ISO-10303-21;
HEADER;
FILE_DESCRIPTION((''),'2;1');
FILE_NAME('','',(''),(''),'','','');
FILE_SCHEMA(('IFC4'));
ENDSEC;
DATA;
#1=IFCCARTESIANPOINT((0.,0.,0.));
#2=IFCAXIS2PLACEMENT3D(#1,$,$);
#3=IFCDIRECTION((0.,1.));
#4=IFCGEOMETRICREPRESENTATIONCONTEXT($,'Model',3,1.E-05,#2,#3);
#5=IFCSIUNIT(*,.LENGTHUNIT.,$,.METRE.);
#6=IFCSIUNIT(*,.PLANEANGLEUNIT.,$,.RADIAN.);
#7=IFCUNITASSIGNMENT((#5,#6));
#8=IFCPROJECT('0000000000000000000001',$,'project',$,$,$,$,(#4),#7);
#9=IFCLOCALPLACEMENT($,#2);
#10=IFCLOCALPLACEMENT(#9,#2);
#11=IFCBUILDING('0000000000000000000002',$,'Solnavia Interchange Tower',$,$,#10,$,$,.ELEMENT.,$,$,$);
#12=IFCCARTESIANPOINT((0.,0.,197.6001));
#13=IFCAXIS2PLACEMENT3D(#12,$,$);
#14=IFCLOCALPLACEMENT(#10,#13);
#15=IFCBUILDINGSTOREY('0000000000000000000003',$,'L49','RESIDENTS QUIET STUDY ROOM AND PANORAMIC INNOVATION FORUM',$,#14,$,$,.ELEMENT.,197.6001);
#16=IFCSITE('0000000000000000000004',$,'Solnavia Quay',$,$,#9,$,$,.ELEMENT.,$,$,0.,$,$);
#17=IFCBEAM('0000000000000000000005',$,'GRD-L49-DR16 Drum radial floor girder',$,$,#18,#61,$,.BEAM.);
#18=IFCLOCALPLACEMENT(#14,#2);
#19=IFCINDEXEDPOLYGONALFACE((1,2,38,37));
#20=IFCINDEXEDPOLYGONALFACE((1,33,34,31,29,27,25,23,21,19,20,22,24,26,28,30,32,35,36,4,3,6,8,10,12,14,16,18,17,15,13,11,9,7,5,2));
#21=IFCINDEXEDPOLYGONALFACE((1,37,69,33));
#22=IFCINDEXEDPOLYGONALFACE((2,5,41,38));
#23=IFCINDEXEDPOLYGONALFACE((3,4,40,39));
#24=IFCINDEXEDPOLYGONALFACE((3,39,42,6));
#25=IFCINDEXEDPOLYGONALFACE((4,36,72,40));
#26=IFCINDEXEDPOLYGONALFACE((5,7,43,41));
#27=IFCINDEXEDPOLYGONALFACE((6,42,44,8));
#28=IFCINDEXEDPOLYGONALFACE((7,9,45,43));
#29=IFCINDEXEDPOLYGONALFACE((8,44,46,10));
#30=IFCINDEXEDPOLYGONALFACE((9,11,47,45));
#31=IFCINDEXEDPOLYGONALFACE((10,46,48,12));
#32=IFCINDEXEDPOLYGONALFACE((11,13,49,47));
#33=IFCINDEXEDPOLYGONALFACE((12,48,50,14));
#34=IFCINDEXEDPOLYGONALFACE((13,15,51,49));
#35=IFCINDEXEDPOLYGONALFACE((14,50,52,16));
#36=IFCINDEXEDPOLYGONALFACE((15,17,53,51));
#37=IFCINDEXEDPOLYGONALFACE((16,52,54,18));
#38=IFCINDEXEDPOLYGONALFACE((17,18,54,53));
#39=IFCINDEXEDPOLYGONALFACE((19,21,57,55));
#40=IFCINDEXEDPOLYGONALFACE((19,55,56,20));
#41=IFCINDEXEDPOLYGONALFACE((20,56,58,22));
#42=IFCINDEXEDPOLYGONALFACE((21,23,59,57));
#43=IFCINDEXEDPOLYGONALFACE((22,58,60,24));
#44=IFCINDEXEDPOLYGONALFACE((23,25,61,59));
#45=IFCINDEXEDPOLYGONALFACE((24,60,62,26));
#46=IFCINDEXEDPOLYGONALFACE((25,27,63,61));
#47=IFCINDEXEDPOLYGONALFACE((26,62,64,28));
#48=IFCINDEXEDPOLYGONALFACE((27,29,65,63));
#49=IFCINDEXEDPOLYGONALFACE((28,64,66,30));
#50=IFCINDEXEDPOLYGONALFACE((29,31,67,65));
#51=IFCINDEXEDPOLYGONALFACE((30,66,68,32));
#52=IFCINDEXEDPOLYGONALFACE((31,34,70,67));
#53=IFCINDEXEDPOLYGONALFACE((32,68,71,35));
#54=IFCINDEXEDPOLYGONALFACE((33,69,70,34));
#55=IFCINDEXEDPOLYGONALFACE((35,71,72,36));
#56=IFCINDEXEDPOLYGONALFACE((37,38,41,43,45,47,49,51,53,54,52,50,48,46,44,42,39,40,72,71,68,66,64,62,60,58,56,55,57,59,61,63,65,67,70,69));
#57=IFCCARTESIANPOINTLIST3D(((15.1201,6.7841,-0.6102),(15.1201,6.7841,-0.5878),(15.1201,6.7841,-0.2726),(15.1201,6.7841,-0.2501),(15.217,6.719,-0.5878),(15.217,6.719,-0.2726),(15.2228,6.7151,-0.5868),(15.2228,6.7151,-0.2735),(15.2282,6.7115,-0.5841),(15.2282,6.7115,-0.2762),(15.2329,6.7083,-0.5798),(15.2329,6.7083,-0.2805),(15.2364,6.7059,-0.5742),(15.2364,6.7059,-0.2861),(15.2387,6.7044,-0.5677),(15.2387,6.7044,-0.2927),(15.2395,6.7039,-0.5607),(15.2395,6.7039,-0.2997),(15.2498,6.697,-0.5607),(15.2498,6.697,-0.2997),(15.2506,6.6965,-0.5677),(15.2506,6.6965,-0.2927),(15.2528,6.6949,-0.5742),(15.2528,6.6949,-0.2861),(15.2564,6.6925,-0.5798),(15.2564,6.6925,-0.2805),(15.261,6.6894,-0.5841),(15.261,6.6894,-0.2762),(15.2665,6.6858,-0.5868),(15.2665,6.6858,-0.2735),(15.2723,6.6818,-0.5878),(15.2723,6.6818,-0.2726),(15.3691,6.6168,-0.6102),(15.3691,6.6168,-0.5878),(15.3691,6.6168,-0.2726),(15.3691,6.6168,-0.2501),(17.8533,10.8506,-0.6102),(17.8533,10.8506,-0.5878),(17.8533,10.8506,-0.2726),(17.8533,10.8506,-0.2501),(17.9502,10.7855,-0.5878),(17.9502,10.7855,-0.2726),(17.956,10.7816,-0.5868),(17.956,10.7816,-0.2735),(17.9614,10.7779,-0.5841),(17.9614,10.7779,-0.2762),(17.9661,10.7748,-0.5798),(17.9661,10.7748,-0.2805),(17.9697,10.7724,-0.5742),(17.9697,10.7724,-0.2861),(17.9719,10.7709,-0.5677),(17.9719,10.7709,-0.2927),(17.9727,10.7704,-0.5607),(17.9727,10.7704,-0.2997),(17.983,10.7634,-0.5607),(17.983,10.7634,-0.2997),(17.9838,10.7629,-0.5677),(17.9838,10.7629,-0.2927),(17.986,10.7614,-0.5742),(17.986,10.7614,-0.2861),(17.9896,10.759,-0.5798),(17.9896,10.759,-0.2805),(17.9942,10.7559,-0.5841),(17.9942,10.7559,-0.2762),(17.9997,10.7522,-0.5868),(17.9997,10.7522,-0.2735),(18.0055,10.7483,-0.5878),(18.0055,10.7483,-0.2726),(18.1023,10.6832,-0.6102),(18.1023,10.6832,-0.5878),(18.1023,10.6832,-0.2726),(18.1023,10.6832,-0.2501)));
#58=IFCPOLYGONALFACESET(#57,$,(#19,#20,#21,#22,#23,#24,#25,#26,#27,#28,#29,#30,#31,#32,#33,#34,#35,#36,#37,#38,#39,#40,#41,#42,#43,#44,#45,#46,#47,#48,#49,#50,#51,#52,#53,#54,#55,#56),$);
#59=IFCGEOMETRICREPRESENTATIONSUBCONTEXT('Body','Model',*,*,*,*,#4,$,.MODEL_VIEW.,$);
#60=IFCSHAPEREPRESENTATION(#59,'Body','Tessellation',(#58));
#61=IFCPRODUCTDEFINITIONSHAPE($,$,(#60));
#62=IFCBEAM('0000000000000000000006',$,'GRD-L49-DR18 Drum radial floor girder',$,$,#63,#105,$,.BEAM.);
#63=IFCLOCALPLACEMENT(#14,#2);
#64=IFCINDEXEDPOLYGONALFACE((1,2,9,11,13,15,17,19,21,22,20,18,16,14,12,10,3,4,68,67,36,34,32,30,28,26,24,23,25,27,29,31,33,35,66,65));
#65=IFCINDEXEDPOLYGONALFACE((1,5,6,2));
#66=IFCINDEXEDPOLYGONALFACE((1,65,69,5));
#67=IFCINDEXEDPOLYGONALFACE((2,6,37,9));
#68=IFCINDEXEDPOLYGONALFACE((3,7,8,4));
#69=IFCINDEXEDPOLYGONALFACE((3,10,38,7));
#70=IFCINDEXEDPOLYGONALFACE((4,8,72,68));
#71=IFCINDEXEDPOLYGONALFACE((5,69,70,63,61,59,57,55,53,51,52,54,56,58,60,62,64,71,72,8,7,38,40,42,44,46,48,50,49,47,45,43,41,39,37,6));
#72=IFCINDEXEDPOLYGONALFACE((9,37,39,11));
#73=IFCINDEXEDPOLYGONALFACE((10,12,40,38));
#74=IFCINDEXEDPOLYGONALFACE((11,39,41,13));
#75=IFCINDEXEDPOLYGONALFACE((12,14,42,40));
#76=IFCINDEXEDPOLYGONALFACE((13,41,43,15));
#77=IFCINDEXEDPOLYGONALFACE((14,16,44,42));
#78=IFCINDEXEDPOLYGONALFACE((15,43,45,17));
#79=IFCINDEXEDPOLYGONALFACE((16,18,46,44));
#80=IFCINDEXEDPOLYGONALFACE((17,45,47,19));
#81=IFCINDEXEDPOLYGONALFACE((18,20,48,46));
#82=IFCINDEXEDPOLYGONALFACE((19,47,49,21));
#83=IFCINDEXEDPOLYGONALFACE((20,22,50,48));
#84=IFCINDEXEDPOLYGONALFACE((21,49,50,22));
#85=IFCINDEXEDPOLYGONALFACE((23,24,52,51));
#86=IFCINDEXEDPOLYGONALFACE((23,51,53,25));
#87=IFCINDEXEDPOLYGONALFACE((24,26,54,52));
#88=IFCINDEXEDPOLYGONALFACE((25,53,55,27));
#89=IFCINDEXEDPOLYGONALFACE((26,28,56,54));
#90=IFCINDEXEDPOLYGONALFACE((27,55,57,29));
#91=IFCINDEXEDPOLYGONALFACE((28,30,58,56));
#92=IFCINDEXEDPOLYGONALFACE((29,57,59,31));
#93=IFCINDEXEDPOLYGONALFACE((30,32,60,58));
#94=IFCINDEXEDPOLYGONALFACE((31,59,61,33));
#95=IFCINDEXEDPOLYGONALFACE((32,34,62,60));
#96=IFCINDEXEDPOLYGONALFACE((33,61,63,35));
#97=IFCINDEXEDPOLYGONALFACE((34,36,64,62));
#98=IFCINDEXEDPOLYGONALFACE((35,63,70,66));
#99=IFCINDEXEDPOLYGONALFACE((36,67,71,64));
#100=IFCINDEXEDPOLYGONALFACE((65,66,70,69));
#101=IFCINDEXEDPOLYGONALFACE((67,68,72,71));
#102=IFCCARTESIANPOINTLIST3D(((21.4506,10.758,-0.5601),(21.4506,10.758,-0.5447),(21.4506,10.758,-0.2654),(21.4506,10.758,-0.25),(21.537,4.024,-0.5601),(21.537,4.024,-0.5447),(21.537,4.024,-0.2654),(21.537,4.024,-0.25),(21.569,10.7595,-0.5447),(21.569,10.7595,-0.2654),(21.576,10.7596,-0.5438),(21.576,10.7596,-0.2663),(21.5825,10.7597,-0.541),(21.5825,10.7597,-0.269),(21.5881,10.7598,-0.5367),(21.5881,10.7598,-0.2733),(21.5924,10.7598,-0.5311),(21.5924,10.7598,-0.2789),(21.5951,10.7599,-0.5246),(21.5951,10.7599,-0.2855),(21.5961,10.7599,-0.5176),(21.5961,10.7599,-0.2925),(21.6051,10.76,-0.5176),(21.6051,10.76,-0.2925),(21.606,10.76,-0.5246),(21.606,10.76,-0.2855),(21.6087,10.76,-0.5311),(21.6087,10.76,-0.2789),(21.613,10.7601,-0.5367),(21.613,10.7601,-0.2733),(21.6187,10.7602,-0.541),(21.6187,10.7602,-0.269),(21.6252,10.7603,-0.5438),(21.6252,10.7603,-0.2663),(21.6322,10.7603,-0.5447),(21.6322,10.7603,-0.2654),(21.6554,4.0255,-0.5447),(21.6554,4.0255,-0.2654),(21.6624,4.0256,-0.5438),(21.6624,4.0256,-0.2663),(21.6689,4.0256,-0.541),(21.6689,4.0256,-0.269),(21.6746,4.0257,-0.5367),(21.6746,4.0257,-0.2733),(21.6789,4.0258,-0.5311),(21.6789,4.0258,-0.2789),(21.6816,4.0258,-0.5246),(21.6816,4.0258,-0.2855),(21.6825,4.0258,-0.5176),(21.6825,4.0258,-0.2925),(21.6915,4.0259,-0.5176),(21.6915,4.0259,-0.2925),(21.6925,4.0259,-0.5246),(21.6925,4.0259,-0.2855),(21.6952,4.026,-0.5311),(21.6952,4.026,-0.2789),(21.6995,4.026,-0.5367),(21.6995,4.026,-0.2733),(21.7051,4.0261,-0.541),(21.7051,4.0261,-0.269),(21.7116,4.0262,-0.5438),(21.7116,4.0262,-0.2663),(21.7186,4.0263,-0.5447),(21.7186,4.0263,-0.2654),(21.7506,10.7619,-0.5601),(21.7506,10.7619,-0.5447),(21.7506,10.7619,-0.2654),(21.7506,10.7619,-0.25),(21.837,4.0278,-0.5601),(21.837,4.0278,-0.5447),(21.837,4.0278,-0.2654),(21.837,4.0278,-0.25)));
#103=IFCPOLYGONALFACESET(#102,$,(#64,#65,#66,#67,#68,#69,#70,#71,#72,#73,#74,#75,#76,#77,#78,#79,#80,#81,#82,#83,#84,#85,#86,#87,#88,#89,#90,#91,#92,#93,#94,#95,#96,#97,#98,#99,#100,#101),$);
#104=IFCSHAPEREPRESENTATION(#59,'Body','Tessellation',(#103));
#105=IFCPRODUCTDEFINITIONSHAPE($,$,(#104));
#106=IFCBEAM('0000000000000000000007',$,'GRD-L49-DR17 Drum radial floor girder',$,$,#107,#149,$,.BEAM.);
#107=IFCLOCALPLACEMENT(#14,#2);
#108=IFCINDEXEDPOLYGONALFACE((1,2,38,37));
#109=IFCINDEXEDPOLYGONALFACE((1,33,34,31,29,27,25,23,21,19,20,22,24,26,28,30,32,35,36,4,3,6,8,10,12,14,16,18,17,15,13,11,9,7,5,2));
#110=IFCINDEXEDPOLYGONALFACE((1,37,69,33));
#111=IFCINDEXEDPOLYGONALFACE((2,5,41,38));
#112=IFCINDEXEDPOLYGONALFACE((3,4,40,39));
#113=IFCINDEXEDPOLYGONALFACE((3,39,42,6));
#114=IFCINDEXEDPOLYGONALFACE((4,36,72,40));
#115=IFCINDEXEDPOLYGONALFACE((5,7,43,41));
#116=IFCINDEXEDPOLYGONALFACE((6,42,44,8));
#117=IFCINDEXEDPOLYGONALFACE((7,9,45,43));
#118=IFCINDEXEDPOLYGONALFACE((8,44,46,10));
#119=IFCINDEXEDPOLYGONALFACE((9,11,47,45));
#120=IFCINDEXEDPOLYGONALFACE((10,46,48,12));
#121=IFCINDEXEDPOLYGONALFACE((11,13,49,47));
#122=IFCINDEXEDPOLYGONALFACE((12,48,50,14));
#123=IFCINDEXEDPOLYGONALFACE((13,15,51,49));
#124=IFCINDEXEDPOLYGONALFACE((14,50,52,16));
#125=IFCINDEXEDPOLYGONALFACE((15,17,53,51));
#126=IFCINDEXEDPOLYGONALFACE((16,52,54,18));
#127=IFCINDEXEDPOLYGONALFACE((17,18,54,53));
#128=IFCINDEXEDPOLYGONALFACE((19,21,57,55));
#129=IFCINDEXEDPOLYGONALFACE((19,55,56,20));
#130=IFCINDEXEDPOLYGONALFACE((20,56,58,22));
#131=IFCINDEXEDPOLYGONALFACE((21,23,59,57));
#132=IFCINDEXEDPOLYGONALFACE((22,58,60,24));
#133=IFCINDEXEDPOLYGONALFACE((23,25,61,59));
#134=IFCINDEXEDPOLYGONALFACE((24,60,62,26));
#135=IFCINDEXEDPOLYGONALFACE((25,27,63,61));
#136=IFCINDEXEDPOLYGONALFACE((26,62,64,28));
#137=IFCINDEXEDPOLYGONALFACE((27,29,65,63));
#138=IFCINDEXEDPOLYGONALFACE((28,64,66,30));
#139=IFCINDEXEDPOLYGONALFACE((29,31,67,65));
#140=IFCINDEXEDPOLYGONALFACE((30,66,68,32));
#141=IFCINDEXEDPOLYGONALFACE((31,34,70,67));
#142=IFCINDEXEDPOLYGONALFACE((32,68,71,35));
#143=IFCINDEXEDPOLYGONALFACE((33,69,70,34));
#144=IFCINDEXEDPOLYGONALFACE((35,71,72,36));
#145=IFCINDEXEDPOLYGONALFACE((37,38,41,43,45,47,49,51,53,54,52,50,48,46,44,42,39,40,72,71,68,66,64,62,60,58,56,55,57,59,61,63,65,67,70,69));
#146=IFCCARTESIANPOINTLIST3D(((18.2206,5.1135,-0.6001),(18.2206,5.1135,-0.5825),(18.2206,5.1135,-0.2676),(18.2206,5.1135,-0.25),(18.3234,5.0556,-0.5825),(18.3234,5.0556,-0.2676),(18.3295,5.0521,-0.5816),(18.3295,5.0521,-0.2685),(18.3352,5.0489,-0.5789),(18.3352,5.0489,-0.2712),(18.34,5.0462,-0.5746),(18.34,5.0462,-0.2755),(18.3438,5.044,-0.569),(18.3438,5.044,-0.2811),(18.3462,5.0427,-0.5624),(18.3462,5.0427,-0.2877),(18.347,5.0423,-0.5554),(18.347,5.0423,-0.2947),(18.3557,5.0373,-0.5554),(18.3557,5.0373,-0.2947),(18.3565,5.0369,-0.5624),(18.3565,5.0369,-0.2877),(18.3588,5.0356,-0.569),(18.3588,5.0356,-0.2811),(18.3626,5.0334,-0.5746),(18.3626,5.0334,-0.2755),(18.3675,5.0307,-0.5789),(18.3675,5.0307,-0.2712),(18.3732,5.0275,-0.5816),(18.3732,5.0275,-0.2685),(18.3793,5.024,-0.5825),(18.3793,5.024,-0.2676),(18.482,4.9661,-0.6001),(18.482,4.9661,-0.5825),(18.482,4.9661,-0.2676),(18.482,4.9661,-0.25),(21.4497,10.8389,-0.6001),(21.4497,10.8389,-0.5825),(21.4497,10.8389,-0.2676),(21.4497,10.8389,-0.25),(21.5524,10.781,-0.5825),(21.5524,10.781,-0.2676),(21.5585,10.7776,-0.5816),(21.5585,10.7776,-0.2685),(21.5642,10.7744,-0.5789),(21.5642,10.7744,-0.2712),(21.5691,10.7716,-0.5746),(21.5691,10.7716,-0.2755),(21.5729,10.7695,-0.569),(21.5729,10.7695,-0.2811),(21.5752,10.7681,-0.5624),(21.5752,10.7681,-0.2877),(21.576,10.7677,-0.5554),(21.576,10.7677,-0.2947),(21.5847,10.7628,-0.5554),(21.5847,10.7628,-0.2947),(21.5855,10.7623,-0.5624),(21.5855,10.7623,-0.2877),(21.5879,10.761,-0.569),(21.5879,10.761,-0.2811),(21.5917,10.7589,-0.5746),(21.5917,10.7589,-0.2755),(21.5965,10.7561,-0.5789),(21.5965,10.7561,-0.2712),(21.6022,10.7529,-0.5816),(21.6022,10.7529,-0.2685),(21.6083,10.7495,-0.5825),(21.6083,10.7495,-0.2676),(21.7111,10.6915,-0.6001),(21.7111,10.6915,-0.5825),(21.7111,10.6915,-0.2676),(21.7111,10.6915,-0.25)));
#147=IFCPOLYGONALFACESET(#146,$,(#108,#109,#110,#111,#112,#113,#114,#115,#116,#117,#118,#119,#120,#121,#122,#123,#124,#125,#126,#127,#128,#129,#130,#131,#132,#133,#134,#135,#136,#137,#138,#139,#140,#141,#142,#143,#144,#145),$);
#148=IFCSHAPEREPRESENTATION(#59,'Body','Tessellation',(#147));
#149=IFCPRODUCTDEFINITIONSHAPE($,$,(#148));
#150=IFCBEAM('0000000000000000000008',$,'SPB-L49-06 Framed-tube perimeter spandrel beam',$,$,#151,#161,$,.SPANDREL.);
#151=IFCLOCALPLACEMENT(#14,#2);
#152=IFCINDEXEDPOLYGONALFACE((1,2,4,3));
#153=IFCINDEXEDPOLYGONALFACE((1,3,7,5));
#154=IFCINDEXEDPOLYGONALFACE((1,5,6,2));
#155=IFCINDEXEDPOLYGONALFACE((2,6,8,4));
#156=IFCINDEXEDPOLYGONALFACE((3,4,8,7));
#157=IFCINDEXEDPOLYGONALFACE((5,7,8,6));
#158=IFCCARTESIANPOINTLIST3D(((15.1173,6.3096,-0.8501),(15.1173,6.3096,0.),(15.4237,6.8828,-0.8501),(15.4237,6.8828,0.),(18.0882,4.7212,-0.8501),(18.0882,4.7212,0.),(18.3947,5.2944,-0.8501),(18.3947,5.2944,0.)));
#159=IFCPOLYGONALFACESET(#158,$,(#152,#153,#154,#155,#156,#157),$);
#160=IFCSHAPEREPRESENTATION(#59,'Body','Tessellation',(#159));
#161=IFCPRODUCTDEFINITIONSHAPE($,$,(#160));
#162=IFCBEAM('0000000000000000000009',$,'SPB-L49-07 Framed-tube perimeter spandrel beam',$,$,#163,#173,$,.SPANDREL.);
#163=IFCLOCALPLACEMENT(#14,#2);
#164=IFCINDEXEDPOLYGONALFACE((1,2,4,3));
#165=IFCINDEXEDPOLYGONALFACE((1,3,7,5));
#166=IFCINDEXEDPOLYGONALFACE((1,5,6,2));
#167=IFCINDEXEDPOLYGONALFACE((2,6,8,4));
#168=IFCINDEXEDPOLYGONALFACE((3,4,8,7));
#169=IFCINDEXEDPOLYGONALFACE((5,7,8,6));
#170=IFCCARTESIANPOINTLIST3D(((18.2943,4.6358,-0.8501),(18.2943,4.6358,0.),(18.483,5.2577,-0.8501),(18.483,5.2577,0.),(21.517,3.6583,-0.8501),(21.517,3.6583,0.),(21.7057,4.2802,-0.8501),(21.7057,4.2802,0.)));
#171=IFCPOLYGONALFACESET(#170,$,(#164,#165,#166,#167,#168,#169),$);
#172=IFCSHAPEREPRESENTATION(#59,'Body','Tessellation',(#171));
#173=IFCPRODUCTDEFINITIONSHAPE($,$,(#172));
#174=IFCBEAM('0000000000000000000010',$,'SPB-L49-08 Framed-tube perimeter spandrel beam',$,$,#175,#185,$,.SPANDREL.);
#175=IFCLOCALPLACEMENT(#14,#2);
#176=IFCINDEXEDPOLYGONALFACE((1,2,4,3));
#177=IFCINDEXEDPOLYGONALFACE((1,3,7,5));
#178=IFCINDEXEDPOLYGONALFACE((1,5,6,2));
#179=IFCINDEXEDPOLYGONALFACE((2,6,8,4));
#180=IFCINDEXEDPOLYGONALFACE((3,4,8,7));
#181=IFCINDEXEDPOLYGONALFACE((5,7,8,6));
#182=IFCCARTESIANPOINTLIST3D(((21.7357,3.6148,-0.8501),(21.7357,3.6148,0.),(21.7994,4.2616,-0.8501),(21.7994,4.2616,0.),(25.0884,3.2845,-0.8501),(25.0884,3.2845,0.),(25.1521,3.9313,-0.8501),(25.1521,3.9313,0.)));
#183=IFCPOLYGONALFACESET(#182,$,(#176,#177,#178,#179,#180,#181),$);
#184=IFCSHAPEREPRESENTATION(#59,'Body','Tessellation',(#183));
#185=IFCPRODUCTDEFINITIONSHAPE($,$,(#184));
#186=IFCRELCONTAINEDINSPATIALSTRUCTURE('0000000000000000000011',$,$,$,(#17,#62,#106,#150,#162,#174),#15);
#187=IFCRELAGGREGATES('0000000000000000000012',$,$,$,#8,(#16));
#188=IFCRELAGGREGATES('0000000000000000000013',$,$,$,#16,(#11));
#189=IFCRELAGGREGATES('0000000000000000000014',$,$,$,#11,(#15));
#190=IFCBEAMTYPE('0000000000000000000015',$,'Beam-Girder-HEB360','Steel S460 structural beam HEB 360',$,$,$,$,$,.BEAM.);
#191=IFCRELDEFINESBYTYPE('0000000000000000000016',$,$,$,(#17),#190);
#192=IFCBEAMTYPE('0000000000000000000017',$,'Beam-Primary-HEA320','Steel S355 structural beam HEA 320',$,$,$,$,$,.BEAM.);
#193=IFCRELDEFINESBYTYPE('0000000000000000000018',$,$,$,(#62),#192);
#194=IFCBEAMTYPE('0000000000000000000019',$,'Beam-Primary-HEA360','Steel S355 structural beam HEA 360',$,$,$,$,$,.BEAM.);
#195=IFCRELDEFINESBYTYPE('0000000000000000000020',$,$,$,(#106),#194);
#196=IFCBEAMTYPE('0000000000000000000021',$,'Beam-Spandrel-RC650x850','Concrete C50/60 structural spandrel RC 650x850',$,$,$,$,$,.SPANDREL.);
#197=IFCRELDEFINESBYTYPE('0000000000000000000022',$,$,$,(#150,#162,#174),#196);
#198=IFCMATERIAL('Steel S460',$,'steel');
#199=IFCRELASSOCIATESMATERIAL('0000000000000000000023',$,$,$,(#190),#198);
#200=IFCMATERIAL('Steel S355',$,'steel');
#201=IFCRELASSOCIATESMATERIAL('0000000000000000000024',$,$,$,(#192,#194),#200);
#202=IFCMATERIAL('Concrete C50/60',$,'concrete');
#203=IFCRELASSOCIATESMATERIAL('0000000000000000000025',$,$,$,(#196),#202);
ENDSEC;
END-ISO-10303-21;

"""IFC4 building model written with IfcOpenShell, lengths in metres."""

from ifc_helpers import new_model, si_unit, direction, frame, origin, origin_2d, place, context, subcontext, project, spatial, rectangle, i_section, extrude, material, material_profile, profile_set, type_object, element, save


model = new_model("IFC4")

# Units and contexts
model_context = context("Model", 3, precision=1e-05, world=origin(), true_north=direction((0.0, 1.0)))
body_context = subcontext(model_context, "Body", "Model", "MODEL_VIEW")
ifc_project = project(units=[si_unit("LENGTHUNIT", "METRE"), si_unit("PLANEANGLEUNIT", "RADIAN")], contexts=[model_context])

# Site, building, storey
site_placement = place(None, origin())
site = spatial("IfcSite", under=ifc_project, at=site_placement, Name="Solnavia Quay", CompositionType="ELEMENT", RefElevation=0.0)
building_placement = place(site_placement, origin())
building = spatial("IfcBuilding", under=site, at=building_placement, Name="Solnavia Interchange Tower", CompositionType="ELEMENT")
storey_placement = place(building_placement, frame((0.0, 0.0, 197.6001)))
storey = spatial("IfcBuildingStorey", under=building, at=storey_placement, Name="L49", Description="RESIDENTS QUIET STUDY ROOM AND PANORAMIC INNOVATION FORUM", CompositionType="ELEMENT", Elevation=197.6001)

# Shared definitions
ifc_material_1 = material(Name="Concrete C50/60", Category="concrete")
ifc_material_2 = material(Name="Steel S355", Category="steel")

# Beams
ifc_material_3 = material(Name="Steel S460", Category="steel")
ifc_material_profile_1 = material_profile(ifc_material_3, i_section(OverallWidth=0.3, OverallDepth=0.3601, WebThickness=0.0125, FlangeThickness=0.0225, FilletRadius=0.0271, at=origin_2d()), Name="HEB 360")
ifc_profile_set_1 = profile_set([ifc_material_profile_1], Name="Steel S460")
beam_type_1 = type_object("IfcBeamType", Name="Beam-Girder-HEB360", Description="Steel S460 structural beam HEB 360", PredefinedType="BEAM", material=ifc_profile_set_1)
beam_1_placement = place(storey_placement, frame((15.2446, 6.7004, -0.4302), z_axis=(0.557835, 0.829952, 0.0), x_axis=(-0.829952, 0.557835, 0.0)))
element("IfcBeam", 1, at=beam_1_placement, inside=storey, type_object=beam_type_1, Name="GRD-L49-DR16 Drum radial floor girder", PredefinedType="BEAM", context=body_context, shape_type="SweptSolid", body=[
    extrude(i_section(OverallWidth=0.3, OverallDepth=0.3601, WebThickness=0.0125, FlangeThickness=0.0225, FilletRadius=0.0271, at=origin_2d()), origin(), (0.0, 0.0, 1.0), 4.8997),
])
ifc_material_profile_2 = material_profile(ifc_material_2, i_section(OverallWidth=0.3, OverallDepth=0.3101, WebThickness=0.009, FlangeThickness=0.0154, FilletRadius=0.0271, at=origin_2d()), Name="HEA 320")
ifc_profile_set_2 = profile_set([ifc_material_profile_2], Name="Steel S355")
beam_type_2 = type_object("IfcBeamType", Name="Beam-Primary-HEA320", Description="Steel S355 structural beam HEA 320", PredefinedType="BEAM", material=ifc_profile_set_2)
beam_2_placement = place(storey_placement, frame((21.687, 4.0259, -0.405), z_axis=(-0.012833, 0.999918, 0.0), x_axis=(-0.999918, -0.012833, 0.0)))
element("IfcBeam", 2, at=beam_2_placement, inside=storey, type_object=beam_type_2, Name="GRD-L49-DR18 Drum radial floor girder", PredefinedType="BEAM", context=body_context, shape_type="SweptSolid", body=[
    extrude(i_section(OverallWidth=0.3, OverallDepth=0.3101, WebThickness=0.009, FlangeThickness=0.0154, FilletRadius=0.0271, at=origin_2d()), origin(), (0.0, 0.0, 1.0), 6.7346),
])
ifc_material_profile_3 = material_profile(ifc_material_2, i_section(OverallWidth=0.3, OverallDepth=0.3501, WebThickness=0.01, FlangeThickness=0.0176, FilletRadius=0.0271, at=origin_2d()), Name="HEA 360")
ifc_profile_set_3 = profile_set([ifc_material_profile_3], Name="Steel S355")
beam_type_3 = type_object("IfcBeamType", Name="Beam-Primary-HEA360", Description="Steel S355 structural beam HEA 360", PredefinedType="BEAM", material=ifc_profile_set_3)
beam_3_placement = place(storey_placement, frame((18.3513, 5.0398, -0.425), z_axis=(0.491243, 0.871022, 0.0), x_axis=(-0.871022, 0.491243, 0.0)))
element("IfcBeam", 3, at=beam_3_placement, inside=storey, type_object=beam_type_3, Name="GRD-L49-DR17 Drum radial floor girder", PredefinedType="BEAM", context=body_context, shape_type="SweptSolid", body=[
    extrude(i_section(OverallWidth=0.3, OverallDepth=0.3501, WebThickness=0.01, FlangeThickness=0.0176, FilletRadius=0.0271, at=origin_2d()), origin(), (0.0, 0.0, 1.0), 6.5732),
])
ifc_material_profile_4 = material_profile(ifc_material_1, rectangle(XDim=0.6499, YDim=0.8501, at=origin_2d()), Name="RC 650x850")
ifc_profile_set_4 = profile_set([ifc_material_profile_4], Name="Concrete C50/60")
beam_type_4 = type_object("IfcBeamType", Name="Beam-Spandrel-RC650x850", Description="Concrete C50/60 structural spandrel RC 650x850", PredefinedType="SPANDREL", material=ifc_profile_set_4)
beam_4_placement = place(storey_placement, frame((15.2705, 6.5962, -0.425), z_axis=(0.881875, -0.471483, 0.0), x_axis=(0.471483, 0.881875, 0.0)))
element("IfcBeam", 4, at=beam_4_placement, inside=storey, type_object=beam_type_4, Name="SPB-L49-06 Framed-tube perimeter spandrel beam", PredefinedType="SPANDREL", context=body_context, shape_type="SweptSolid", body=[
    extrude(rectangle(XDim=0.6499, YDim=0.8501, at=origin_2d()), origin(), (0.0, 0.0, 1.0), 3.3689),
])
beam_5_placement = place(storey_placement, frame((18.3887, 4.9468, -0.425), z_axis=(0.956944, -0.290273, 0.0), x_axis=(0.290273, 0.956944, 0.0)))
element("IfcBeam", 5, at=beam_5_placement, inside=storey, type_object=beam_type_4, Name="SPB-L49-07 Framed-tube perimeter spandrel beam", PredefinedType="SPANDREL", context=body_context, shape_type="SweptSolid", body=[
    extrude(rectangle(XDim=0.6499, YDim=0.8501, at=origin_2d()), origin(), (0.0, 0.0, 1.0), 3.3677),
])
beam_6_placement = place(storey_placement, frame((21.7676, 3.9382, -0.425), z_axis=(0.995182, -0.098047, 0.0), x_axis=(0.098047, 0.995182, 0.0)))
element("IfcBeam", 6, at=beam_6_placement, inside=storey, type_object=beam_type_4, Name="SPB-L49-08 Framed-tube perimeter spandrel beam", PredefinedType="SPANDREL", context=body_context, shape_type="SweptSolid", body=[
    extrude(rectangle(XDim=0.6499, YDim=0.8501, at=origin_2d()), origin(), (0.0, 0.0, 1.0), 3.3689),
])

save(model, "model.ifc")
